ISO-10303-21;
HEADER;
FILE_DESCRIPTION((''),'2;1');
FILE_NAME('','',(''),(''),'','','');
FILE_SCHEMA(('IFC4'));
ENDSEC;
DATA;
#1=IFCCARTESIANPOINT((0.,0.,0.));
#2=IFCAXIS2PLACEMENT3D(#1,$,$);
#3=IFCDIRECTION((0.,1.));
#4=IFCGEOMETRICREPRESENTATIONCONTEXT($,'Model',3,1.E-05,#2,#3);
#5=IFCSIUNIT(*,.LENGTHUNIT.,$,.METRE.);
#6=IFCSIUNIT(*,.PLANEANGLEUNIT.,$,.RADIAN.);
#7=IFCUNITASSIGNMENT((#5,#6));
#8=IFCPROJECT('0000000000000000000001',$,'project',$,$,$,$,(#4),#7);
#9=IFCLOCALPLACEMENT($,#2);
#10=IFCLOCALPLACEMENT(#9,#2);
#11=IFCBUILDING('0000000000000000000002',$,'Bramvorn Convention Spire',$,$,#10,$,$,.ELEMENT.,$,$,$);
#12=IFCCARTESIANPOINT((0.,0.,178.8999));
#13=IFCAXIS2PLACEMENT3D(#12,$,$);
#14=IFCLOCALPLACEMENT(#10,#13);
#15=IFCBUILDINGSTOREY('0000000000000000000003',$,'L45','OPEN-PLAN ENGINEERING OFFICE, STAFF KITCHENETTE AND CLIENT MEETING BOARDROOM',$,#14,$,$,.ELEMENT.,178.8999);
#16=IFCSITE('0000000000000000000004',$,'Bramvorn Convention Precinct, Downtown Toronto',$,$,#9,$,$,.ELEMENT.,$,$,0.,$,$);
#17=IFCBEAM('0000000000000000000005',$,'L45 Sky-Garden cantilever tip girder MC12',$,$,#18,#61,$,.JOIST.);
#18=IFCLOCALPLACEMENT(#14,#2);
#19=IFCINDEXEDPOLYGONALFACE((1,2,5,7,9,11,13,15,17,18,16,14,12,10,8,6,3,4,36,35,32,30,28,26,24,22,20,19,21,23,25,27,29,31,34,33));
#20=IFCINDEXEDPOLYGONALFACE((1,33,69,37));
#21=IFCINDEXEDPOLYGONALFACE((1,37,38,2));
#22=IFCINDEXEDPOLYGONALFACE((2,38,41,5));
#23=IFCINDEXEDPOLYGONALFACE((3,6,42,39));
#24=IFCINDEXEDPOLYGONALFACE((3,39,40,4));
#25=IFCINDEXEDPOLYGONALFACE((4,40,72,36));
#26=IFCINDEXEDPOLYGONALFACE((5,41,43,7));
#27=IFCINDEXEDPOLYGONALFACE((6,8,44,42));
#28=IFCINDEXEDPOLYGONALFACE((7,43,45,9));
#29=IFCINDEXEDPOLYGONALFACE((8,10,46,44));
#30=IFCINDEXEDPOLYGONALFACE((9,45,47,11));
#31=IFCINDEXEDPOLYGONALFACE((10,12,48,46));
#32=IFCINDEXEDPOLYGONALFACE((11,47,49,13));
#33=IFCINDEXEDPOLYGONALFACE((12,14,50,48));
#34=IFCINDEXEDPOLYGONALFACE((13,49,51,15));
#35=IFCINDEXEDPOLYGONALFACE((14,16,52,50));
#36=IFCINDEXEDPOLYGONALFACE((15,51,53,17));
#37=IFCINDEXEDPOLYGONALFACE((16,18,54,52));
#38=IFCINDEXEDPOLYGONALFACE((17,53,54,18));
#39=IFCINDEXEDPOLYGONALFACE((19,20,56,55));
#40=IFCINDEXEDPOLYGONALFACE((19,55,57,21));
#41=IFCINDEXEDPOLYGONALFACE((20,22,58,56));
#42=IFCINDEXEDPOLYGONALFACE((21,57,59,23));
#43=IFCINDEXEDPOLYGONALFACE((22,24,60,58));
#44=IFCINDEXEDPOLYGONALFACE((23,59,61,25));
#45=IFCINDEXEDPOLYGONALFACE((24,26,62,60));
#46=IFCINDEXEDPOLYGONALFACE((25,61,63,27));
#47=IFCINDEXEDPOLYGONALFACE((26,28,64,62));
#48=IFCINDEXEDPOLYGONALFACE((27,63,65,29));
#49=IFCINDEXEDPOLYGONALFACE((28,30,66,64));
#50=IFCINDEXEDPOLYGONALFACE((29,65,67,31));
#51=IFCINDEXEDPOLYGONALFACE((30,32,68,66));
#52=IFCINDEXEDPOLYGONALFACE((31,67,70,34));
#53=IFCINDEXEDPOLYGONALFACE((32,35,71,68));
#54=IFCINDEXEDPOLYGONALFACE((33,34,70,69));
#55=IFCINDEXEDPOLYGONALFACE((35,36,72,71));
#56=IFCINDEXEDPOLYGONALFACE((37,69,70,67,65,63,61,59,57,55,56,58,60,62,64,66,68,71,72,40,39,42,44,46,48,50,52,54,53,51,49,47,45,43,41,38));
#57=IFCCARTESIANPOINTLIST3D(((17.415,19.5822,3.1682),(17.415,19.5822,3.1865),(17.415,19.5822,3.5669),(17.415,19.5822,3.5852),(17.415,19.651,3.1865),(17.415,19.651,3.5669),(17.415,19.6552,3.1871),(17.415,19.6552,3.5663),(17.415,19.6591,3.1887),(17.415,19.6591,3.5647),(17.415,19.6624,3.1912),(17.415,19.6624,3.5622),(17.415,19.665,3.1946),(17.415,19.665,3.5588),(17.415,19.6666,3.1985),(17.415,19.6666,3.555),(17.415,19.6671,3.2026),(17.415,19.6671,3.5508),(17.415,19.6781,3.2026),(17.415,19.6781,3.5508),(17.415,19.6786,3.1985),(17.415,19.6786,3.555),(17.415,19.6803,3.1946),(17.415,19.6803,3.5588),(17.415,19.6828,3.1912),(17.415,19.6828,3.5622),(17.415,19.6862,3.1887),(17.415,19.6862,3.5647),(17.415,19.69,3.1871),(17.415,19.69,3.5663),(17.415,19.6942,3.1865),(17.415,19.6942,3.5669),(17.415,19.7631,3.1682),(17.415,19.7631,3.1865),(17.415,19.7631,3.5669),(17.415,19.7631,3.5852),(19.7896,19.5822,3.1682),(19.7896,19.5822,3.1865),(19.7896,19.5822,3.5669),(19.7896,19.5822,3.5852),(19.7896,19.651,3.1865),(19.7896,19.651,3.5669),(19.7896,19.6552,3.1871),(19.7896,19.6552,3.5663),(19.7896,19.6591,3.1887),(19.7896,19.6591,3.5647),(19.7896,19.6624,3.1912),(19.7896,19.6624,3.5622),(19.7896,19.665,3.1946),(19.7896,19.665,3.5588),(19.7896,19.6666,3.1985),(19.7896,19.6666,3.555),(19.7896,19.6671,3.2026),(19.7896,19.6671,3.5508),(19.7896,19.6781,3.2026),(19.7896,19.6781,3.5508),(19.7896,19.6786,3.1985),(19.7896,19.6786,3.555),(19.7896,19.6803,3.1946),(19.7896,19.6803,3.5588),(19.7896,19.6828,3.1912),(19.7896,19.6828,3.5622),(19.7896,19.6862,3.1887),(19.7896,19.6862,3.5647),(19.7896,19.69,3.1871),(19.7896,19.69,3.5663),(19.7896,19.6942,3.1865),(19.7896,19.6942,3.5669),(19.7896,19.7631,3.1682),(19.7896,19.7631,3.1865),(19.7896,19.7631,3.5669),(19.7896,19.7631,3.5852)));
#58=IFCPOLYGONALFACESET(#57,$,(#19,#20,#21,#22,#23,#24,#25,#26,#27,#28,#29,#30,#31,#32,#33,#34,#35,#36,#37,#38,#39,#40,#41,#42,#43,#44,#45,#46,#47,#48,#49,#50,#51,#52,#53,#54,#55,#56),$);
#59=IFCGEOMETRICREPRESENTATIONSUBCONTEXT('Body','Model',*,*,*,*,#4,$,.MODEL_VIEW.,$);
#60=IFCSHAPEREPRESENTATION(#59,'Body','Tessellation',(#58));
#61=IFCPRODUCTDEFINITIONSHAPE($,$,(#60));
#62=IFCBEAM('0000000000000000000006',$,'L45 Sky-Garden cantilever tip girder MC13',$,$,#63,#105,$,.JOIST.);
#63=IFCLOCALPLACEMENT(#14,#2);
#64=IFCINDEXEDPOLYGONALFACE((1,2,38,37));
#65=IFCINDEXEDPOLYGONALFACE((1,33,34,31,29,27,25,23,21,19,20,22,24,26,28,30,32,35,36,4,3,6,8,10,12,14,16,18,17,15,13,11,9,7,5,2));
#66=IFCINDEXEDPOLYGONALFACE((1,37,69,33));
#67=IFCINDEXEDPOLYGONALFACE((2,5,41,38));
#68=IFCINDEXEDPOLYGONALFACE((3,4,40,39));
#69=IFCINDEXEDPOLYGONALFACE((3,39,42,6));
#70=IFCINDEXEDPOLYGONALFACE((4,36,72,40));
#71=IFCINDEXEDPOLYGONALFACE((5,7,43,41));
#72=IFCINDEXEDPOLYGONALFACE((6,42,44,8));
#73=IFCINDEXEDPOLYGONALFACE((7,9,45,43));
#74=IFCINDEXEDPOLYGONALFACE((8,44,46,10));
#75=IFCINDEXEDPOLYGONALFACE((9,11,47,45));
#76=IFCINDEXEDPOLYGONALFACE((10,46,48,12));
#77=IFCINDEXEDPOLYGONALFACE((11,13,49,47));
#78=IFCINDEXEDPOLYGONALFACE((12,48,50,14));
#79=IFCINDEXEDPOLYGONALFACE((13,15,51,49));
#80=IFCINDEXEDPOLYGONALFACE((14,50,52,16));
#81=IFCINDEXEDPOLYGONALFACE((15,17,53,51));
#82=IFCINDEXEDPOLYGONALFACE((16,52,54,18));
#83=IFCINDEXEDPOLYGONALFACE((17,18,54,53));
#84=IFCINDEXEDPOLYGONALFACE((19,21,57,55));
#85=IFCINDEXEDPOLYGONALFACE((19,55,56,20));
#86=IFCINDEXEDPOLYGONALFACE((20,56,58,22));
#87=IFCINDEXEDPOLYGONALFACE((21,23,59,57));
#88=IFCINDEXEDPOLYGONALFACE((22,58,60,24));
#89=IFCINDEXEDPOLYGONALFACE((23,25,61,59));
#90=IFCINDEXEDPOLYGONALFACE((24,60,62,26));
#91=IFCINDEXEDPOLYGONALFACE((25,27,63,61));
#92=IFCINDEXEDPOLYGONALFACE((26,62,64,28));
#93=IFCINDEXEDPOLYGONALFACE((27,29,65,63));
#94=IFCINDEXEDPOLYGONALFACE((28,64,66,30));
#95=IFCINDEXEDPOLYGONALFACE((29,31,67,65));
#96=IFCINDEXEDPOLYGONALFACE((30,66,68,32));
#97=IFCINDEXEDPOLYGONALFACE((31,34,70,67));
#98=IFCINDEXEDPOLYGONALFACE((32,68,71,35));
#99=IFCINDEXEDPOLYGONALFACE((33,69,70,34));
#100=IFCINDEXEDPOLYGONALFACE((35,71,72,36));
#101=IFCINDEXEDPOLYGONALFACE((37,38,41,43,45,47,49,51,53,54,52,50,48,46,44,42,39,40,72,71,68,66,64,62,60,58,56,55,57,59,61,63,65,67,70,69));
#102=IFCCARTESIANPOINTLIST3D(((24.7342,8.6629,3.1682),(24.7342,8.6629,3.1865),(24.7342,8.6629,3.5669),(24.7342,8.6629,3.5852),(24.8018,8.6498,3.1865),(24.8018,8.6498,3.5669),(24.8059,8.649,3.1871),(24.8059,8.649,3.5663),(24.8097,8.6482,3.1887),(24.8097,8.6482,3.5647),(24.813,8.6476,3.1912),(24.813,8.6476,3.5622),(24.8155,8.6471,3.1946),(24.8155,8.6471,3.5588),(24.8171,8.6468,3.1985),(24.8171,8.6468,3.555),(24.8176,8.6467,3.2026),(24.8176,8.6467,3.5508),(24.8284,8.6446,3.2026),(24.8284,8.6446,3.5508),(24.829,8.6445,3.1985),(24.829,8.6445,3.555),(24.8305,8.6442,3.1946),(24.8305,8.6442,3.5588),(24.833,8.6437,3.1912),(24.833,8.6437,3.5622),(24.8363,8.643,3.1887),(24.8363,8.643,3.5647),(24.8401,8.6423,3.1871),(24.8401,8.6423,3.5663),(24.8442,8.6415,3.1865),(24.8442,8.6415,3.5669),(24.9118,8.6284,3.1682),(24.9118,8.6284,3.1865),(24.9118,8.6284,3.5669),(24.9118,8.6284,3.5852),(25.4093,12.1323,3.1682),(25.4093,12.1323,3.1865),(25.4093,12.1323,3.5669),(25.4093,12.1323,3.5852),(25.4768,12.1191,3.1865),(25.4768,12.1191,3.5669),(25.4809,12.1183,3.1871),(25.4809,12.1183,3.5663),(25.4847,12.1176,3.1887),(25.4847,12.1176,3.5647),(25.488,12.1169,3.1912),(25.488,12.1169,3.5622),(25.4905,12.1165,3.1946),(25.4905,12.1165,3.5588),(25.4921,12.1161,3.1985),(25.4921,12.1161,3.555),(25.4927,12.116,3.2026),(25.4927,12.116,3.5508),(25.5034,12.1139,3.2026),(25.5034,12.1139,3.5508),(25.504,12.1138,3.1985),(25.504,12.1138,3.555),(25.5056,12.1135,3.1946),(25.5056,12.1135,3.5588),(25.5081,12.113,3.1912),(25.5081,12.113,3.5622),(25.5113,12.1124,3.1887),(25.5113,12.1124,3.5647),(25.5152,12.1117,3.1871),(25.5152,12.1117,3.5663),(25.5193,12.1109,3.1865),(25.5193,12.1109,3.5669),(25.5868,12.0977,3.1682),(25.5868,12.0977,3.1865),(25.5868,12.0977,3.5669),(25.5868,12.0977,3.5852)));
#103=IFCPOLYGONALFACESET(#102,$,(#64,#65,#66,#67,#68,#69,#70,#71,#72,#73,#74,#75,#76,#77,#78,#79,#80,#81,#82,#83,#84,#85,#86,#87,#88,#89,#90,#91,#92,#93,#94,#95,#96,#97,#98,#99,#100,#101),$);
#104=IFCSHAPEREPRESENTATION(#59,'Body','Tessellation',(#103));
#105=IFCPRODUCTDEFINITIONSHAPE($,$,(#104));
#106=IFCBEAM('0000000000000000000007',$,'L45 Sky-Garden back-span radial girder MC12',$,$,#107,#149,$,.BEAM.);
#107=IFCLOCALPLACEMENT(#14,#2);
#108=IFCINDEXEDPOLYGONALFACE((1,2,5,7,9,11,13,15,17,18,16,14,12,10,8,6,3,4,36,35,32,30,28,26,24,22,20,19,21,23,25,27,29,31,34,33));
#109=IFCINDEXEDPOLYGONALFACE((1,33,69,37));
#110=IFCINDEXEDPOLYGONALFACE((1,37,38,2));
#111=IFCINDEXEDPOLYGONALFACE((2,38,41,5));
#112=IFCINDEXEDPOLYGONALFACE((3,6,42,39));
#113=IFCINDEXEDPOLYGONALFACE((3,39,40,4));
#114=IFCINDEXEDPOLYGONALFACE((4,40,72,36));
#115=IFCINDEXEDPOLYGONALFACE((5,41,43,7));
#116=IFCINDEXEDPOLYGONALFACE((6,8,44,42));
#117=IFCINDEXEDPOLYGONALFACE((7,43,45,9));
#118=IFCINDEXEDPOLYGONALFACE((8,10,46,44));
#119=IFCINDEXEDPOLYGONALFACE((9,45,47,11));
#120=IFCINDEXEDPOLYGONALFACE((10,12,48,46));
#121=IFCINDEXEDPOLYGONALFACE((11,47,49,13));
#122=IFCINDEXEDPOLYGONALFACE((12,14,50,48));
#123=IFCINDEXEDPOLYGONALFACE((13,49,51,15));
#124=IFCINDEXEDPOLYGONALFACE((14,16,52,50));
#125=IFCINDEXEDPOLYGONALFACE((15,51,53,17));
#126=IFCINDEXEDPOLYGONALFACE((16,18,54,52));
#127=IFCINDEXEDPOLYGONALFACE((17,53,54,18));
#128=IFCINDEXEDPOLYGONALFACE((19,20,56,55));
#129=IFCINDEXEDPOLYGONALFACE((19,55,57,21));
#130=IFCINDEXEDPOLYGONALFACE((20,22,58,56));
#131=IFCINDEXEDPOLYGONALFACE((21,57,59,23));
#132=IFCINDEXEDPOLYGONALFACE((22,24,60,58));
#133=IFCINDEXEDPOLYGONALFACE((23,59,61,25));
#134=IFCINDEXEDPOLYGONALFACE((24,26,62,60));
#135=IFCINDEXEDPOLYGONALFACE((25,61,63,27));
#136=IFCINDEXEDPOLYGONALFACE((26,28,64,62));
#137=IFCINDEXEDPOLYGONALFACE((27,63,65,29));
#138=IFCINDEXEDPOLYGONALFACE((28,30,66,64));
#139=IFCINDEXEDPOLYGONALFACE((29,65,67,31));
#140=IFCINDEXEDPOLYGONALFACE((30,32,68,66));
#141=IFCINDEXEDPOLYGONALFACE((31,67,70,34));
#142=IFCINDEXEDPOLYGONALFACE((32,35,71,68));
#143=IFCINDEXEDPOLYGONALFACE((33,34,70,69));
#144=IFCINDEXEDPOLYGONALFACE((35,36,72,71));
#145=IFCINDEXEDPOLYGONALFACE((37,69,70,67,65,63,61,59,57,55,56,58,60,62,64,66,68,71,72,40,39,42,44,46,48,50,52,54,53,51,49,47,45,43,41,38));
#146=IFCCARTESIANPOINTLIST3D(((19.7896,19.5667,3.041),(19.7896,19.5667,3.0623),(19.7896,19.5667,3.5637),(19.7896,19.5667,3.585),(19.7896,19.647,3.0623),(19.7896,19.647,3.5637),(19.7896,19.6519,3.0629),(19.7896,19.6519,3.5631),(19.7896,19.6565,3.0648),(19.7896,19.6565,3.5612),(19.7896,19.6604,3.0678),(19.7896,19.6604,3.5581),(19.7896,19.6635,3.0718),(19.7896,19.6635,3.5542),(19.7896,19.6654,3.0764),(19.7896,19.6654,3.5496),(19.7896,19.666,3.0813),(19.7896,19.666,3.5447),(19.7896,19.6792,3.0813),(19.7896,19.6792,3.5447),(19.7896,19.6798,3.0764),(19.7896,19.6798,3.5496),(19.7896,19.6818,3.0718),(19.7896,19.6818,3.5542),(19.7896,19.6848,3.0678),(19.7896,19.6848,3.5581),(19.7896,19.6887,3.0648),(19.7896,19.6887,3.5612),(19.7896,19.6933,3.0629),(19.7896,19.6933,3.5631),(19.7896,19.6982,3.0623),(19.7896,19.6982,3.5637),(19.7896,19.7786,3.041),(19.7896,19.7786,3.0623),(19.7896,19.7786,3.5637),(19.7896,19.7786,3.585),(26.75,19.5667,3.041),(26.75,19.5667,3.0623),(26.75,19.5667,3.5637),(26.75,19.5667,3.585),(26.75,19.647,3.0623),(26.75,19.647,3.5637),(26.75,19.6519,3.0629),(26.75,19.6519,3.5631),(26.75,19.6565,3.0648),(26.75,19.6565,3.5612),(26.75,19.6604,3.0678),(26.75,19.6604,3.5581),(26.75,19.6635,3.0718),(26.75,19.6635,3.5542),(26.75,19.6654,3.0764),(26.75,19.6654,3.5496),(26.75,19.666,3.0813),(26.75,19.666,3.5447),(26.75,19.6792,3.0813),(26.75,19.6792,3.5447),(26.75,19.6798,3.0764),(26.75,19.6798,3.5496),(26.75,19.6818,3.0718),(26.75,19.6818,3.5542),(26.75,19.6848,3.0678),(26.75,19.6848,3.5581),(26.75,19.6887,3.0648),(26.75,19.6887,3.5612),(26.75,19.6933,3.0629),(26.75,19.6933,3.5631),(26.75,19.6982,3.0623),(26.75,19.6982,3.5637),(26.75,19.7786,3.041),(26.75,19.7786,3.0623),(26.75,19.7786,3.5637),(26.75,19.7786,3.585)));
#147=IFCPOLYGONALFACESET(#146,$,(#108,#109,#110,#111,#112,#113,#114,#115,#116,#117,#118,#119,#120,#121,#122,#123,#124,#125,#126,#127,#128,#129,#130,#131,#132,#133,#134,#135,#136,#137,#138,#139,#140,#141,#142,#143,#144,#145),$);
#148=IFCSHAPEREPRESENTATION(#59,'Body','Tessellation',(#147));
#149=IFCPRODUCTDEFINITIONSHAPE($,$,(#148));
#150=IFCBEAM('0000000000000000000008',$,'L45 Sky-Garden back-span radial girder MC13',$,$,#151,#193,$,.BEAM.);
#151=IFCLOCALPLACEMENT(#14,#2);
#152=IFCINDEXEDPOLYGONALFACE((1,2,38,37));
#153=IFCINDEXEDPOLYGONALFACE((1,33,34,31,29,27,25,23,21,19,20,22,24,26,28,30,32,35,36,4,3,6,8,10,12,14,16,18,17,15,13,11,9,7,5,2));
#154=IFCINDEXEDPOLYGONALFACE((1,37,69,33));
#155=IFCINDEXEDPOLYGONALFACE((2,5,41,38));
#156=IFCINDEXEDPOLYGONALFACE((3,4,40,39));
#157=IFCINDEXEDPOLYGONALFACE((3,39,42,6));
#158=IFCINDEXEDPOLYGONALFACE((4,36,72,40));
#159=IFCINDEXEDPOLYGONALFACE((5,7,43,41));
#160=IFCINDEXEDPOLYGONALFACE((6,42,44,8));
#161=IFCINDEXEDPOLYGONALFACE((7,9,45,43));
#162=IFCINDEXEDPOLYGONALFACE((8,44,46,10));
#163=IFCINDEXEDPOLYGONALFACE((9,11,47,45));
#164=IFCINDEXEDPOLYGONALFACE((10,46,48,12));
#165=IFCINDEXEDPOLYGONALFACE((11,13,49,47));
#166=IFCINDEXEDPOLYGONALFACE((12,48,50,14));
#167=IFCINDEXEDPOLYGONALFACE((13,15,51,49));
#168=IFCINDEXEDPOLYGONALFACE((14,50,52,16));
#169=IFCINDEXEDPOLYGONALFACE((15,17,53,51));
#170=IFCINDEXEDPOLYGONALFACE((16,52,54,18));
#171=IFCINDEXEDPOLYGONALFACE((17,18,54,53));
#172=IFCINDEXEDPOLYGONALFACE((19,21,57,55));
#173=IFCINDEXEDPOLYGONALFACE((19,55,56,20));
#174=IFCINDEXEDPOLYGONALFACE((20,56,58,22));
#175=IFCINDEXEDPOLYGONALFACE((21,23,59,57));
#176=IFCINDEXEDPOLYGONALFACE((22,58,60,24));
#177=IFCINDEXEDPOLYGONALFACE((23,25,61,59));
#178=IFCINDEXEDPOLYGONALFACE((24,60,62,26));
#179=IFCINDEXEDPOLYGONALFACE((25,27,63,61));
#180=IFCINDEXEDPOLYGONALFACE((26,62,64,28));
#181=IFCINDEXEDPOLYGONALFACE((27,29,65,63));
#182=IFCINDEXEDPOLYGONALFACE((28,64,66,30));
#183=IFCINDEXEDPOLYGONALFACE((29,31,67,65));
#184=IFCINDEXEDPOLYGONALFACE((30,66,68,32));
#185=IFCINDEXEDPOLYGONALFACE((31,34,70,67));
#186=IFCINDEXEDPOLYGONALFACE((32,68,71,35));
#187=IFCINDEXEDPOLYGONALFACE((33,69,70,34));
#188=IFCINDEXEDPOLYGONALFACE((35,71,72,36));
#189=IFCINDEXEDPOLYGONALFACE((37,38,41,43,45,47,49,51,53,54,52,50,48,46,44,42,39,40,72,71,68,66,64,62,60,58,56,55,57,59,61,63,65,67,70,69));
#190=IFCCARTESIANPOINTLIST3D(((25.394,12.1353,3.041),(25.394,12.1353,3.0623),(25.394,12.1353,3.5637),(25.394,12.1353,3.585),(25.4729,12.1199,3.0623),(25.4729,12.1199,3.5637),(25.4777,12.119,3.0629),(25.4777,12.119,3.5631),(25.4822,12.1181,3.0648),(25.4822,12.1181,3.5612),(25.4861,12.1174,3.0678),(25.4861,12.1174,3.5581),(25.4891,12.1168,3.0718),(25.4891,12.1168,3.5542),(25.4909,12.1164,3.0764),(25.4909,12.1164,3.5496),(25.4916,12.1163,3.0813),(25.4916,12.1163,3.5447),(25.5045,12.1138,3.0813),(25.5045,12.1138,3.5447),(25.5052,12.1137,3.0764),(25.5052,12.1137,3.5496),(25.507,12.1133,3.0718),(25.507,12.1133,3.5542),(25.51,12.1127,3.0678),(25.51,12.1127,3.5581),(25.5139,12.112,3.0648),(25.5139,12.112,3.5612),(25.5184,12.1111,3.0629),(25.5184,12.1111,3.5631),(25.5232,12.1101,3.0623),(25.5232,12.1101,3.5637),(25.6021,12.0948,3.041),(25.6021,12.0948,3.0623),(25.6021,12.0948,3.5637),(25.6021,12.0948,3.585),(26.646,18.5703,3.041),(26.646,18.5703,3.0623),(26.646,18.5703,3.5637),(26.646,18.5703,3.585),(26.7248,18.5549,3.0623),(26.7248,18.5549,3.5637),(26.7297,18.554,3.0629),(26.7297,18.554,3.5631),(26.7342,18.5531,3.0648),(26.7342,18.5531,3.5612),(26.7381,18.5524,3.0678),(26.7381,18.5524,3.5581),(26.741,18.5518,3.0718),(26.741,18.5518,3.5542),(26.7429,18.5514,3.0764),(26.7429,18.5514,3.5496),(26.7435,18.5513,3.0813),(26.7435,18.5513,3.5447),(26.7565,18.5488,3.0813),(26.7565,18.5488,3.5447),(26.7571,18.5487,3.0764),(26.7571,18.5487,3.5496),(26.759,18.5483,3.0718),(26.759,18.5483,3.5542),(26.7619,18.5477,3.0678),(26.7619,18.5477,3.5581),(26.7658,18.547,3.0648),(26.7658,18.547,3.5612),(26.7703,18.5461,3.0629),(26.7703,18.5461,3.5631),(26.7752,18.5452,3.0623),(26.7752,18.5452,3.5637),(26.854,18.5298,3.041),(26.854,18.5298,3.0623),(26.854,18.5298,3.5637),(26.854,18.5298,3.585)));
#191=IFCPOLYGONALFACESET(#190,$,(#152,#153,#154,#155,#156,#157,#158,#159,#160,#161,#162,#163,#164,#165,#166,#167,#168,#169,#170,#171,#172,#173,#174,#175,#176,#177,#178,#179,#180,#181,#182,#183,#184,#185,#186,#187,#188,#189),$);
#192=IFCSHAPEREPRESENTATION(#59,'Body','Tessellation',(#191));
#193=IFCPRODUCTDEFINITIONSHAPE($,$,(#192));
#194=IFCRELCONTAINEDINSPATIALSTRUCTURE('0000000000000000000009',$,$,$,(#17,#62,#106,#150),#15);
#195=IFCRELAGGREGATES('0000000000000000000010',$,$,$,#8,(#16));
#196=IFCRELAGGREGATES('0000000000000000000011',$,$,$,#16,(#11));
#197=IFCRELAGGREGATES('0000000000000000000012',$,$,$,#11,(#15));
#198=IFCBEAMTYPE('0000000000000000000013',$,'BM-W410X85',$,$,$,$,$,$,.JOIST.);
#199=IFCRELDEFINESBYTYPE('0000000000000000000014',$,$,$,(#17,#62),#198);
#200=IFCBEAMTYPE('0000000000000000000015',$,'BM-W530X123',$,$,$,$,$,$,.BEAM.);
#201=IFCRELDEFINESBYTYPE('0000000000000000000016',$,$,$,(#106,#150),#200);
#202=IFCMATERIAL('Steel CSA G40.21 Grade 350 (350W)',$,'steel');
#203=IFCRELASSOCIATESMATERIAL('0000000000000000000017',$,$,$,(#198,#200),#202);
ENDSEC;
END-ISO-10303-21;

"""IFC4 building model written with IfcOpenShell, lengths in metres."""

from ifc_helpers import new_model, si_unit, direction, frame, origin, origin_2d, place, context, subcontext, project, spatial, i_section, extrude, material, material_profile, profile_set, type_object, element, save


model = new_model("IFC4")

# Units and contexts
model_context = context("Model", 3, precision=1e-05, world=origin(), true_north=direction((0.0, 1.0)))
body_context = subcontext(model_context, "Body", "Model", "MODEL_VIEW")
ifc_project = project(units=[si_unit("LENGTHUNIT", "METRE"), si_unit("PLANEANGLEUNIT", "RADIAN")], contexts=[model_context])

# Site, building, storey
site_placement = place(None, origin())
site = spatial("IfcSite", under=ifc_project, at=site_placement, Name="Bramvorn Convention Precinct, Downtown Toronto", CompositionType="ELEMENT", RefElevation=0.0)
building_placement = place(site_placement, origin())
building = spatial("IfcBuilding", under=site, at=building_placement, Name="Bramvorn Convention Spire", CompositionType="ELEMENT")
storey_placement = place(building_placement, frame((0.0, 0.0, 178.8999)))
storey = spatial("IfcBuildingStorey", under=building, at=storey_placement, Name="L45", Description="OPEN-PLAN ENGINEERING OFFICE, STAFF KITCHENETTE AND CLIENT MEETING BOARDROOM", CompositionType="ELEMENT", Elevation=178.8999)

# Shared definitions
ifc_material_1 = material(Name="Steel CSA G40.21 Grade 350 (350W)", Category="steel")

# Beams
ifc_material_profile_1 = material_profile(ifc_material_1, i_section(OverallWidth=0.1809, OverallDepth=0.417, WebThickness=0.011, FlangeThickness=0.0183, FilletRadius=0.0161, at=origin_2d()))
ifc_profile_set_1 = profile_set([ifc_material_profile_1], Name="Steel CSA G40.21 Grade 350 (350W) - W410X85")
beam_type_1 = type_object("IfcBeamType", Name="BM-W410X85", PredefinedType="JOIST", material=ifc_profile_set_1)
beam_1_placement = place(storey_placement, frame((19.7896, 19.6726, 3.3767), z_axis=(-1.0, 0.0, 0.0), x_axis=(0.0, -1.0, 0.0)))
element("IfcBeam", 1, at=beam_1_placement, inside=storey, type_object=beam_type_1, Name="L45 Sky-Garden cantilever tip girder MC12", PredefinedType="JOIST", context=body_context, shape_type="SweptSolid", body=[
    extrude(i_section(OverallWidth=0.1809, OverallDepth=0.417, WebThickness=0.011, FlangeThickness=0.0183, FilletRadius=0.0161, at=origin_2d()), origin(), (0.0, 0.0, 1.0), 2.3745),
])
beam_2_placement = place(storey_placement, frame((25.498, 12.115, 3.3767), z_axis=(-0.190986, -0.981593, 0.0), x_axis=(0.981593, -0.190986, 0.0)))
element("IfcBeam", 2, at=beam_2_placement, inside=storey, type_object=beam_type_1, Name="L45 Sky-Garden cantilever tip girder MC13", PredefinedType="JOIST", context=body_context, shape_type="SweptSolid", body=[
    extrude(i_section(OverallWidth=0.1809, OverallDepth=0.417, WebThickness=0.011, FlangeThickness=0.0183, FilletRadius=0.0161, at=origin_2d()), origin(), (0.0, 0.0, 1.0), 3.5344),
])
ifc_material_profile_2 = material_profile(ifc_material_1, i_section(OverallWidth=0.2119, OverallDepth=0.5439, WebThickness=0.0132, FlangeThickness=0.0212, FilletRadius=0.019, at=origin_2d()))
ifc_profile_set_2 = profile_set([ifc_material_profile_2], Name="Steel CSA G40.21 Grade 350 (350W) - W530X123")
beam_type_2 = type_object("IfcBeamType", Name="BM-W530X123", PredefinedType="BEAM", material=ifc_profile_set_2)
beam_3_placement = place(storey_placement, frame((26.75, 19.6726, 3.313), z_axis=(-1.0, 0.0, 0.0), x_axis=(0.0, -1.0, 0.0)))
element("IfcBeam", 3, at=beam_3_placement, inside=storey, type_object=beam_type_2, Name="L45 Sky-Garden back-span radial girder MC12", PredefinedType="BEAM", context=body_context, shape_type="SweptSolid", body=[
    extrude(i_section(OverallWidth=0.2119, OverallDepth=0.5439, WebThickness=0.0132, FlangeThickness=0.0212, FilletRadius=0.019, at=origin_2d()), origin(), (0.0, 0.0, 1.0), 6.9604),
])
beam_4_placement = place(storey_placement, frame((26.75, 18.55, 3.313), z_axis=(-0.190971, -0.981596, 0.0), x_axis=(0.981596, -0.190971, 0.0)))
element("IfcBeam", 4, at=beam_4_placement, inside=storey, type_object=beam_type_2, Name="L45 Sky-Garden back-span radial girder MC13", PredefinedType="BEAM", context=body_context, shape_type="SweptSolid", body=[
    extrude(i_section(OverallWidth=0.2119, OverallDepth=0.5439, WebThickness=0.0132, FlangeThickness=0.0212, FilletRadius=0.019, at=origin_2d()), origin(), (0.0, 0.0, 1.0), 6.5557),
])

save(model, "model.ifc")
